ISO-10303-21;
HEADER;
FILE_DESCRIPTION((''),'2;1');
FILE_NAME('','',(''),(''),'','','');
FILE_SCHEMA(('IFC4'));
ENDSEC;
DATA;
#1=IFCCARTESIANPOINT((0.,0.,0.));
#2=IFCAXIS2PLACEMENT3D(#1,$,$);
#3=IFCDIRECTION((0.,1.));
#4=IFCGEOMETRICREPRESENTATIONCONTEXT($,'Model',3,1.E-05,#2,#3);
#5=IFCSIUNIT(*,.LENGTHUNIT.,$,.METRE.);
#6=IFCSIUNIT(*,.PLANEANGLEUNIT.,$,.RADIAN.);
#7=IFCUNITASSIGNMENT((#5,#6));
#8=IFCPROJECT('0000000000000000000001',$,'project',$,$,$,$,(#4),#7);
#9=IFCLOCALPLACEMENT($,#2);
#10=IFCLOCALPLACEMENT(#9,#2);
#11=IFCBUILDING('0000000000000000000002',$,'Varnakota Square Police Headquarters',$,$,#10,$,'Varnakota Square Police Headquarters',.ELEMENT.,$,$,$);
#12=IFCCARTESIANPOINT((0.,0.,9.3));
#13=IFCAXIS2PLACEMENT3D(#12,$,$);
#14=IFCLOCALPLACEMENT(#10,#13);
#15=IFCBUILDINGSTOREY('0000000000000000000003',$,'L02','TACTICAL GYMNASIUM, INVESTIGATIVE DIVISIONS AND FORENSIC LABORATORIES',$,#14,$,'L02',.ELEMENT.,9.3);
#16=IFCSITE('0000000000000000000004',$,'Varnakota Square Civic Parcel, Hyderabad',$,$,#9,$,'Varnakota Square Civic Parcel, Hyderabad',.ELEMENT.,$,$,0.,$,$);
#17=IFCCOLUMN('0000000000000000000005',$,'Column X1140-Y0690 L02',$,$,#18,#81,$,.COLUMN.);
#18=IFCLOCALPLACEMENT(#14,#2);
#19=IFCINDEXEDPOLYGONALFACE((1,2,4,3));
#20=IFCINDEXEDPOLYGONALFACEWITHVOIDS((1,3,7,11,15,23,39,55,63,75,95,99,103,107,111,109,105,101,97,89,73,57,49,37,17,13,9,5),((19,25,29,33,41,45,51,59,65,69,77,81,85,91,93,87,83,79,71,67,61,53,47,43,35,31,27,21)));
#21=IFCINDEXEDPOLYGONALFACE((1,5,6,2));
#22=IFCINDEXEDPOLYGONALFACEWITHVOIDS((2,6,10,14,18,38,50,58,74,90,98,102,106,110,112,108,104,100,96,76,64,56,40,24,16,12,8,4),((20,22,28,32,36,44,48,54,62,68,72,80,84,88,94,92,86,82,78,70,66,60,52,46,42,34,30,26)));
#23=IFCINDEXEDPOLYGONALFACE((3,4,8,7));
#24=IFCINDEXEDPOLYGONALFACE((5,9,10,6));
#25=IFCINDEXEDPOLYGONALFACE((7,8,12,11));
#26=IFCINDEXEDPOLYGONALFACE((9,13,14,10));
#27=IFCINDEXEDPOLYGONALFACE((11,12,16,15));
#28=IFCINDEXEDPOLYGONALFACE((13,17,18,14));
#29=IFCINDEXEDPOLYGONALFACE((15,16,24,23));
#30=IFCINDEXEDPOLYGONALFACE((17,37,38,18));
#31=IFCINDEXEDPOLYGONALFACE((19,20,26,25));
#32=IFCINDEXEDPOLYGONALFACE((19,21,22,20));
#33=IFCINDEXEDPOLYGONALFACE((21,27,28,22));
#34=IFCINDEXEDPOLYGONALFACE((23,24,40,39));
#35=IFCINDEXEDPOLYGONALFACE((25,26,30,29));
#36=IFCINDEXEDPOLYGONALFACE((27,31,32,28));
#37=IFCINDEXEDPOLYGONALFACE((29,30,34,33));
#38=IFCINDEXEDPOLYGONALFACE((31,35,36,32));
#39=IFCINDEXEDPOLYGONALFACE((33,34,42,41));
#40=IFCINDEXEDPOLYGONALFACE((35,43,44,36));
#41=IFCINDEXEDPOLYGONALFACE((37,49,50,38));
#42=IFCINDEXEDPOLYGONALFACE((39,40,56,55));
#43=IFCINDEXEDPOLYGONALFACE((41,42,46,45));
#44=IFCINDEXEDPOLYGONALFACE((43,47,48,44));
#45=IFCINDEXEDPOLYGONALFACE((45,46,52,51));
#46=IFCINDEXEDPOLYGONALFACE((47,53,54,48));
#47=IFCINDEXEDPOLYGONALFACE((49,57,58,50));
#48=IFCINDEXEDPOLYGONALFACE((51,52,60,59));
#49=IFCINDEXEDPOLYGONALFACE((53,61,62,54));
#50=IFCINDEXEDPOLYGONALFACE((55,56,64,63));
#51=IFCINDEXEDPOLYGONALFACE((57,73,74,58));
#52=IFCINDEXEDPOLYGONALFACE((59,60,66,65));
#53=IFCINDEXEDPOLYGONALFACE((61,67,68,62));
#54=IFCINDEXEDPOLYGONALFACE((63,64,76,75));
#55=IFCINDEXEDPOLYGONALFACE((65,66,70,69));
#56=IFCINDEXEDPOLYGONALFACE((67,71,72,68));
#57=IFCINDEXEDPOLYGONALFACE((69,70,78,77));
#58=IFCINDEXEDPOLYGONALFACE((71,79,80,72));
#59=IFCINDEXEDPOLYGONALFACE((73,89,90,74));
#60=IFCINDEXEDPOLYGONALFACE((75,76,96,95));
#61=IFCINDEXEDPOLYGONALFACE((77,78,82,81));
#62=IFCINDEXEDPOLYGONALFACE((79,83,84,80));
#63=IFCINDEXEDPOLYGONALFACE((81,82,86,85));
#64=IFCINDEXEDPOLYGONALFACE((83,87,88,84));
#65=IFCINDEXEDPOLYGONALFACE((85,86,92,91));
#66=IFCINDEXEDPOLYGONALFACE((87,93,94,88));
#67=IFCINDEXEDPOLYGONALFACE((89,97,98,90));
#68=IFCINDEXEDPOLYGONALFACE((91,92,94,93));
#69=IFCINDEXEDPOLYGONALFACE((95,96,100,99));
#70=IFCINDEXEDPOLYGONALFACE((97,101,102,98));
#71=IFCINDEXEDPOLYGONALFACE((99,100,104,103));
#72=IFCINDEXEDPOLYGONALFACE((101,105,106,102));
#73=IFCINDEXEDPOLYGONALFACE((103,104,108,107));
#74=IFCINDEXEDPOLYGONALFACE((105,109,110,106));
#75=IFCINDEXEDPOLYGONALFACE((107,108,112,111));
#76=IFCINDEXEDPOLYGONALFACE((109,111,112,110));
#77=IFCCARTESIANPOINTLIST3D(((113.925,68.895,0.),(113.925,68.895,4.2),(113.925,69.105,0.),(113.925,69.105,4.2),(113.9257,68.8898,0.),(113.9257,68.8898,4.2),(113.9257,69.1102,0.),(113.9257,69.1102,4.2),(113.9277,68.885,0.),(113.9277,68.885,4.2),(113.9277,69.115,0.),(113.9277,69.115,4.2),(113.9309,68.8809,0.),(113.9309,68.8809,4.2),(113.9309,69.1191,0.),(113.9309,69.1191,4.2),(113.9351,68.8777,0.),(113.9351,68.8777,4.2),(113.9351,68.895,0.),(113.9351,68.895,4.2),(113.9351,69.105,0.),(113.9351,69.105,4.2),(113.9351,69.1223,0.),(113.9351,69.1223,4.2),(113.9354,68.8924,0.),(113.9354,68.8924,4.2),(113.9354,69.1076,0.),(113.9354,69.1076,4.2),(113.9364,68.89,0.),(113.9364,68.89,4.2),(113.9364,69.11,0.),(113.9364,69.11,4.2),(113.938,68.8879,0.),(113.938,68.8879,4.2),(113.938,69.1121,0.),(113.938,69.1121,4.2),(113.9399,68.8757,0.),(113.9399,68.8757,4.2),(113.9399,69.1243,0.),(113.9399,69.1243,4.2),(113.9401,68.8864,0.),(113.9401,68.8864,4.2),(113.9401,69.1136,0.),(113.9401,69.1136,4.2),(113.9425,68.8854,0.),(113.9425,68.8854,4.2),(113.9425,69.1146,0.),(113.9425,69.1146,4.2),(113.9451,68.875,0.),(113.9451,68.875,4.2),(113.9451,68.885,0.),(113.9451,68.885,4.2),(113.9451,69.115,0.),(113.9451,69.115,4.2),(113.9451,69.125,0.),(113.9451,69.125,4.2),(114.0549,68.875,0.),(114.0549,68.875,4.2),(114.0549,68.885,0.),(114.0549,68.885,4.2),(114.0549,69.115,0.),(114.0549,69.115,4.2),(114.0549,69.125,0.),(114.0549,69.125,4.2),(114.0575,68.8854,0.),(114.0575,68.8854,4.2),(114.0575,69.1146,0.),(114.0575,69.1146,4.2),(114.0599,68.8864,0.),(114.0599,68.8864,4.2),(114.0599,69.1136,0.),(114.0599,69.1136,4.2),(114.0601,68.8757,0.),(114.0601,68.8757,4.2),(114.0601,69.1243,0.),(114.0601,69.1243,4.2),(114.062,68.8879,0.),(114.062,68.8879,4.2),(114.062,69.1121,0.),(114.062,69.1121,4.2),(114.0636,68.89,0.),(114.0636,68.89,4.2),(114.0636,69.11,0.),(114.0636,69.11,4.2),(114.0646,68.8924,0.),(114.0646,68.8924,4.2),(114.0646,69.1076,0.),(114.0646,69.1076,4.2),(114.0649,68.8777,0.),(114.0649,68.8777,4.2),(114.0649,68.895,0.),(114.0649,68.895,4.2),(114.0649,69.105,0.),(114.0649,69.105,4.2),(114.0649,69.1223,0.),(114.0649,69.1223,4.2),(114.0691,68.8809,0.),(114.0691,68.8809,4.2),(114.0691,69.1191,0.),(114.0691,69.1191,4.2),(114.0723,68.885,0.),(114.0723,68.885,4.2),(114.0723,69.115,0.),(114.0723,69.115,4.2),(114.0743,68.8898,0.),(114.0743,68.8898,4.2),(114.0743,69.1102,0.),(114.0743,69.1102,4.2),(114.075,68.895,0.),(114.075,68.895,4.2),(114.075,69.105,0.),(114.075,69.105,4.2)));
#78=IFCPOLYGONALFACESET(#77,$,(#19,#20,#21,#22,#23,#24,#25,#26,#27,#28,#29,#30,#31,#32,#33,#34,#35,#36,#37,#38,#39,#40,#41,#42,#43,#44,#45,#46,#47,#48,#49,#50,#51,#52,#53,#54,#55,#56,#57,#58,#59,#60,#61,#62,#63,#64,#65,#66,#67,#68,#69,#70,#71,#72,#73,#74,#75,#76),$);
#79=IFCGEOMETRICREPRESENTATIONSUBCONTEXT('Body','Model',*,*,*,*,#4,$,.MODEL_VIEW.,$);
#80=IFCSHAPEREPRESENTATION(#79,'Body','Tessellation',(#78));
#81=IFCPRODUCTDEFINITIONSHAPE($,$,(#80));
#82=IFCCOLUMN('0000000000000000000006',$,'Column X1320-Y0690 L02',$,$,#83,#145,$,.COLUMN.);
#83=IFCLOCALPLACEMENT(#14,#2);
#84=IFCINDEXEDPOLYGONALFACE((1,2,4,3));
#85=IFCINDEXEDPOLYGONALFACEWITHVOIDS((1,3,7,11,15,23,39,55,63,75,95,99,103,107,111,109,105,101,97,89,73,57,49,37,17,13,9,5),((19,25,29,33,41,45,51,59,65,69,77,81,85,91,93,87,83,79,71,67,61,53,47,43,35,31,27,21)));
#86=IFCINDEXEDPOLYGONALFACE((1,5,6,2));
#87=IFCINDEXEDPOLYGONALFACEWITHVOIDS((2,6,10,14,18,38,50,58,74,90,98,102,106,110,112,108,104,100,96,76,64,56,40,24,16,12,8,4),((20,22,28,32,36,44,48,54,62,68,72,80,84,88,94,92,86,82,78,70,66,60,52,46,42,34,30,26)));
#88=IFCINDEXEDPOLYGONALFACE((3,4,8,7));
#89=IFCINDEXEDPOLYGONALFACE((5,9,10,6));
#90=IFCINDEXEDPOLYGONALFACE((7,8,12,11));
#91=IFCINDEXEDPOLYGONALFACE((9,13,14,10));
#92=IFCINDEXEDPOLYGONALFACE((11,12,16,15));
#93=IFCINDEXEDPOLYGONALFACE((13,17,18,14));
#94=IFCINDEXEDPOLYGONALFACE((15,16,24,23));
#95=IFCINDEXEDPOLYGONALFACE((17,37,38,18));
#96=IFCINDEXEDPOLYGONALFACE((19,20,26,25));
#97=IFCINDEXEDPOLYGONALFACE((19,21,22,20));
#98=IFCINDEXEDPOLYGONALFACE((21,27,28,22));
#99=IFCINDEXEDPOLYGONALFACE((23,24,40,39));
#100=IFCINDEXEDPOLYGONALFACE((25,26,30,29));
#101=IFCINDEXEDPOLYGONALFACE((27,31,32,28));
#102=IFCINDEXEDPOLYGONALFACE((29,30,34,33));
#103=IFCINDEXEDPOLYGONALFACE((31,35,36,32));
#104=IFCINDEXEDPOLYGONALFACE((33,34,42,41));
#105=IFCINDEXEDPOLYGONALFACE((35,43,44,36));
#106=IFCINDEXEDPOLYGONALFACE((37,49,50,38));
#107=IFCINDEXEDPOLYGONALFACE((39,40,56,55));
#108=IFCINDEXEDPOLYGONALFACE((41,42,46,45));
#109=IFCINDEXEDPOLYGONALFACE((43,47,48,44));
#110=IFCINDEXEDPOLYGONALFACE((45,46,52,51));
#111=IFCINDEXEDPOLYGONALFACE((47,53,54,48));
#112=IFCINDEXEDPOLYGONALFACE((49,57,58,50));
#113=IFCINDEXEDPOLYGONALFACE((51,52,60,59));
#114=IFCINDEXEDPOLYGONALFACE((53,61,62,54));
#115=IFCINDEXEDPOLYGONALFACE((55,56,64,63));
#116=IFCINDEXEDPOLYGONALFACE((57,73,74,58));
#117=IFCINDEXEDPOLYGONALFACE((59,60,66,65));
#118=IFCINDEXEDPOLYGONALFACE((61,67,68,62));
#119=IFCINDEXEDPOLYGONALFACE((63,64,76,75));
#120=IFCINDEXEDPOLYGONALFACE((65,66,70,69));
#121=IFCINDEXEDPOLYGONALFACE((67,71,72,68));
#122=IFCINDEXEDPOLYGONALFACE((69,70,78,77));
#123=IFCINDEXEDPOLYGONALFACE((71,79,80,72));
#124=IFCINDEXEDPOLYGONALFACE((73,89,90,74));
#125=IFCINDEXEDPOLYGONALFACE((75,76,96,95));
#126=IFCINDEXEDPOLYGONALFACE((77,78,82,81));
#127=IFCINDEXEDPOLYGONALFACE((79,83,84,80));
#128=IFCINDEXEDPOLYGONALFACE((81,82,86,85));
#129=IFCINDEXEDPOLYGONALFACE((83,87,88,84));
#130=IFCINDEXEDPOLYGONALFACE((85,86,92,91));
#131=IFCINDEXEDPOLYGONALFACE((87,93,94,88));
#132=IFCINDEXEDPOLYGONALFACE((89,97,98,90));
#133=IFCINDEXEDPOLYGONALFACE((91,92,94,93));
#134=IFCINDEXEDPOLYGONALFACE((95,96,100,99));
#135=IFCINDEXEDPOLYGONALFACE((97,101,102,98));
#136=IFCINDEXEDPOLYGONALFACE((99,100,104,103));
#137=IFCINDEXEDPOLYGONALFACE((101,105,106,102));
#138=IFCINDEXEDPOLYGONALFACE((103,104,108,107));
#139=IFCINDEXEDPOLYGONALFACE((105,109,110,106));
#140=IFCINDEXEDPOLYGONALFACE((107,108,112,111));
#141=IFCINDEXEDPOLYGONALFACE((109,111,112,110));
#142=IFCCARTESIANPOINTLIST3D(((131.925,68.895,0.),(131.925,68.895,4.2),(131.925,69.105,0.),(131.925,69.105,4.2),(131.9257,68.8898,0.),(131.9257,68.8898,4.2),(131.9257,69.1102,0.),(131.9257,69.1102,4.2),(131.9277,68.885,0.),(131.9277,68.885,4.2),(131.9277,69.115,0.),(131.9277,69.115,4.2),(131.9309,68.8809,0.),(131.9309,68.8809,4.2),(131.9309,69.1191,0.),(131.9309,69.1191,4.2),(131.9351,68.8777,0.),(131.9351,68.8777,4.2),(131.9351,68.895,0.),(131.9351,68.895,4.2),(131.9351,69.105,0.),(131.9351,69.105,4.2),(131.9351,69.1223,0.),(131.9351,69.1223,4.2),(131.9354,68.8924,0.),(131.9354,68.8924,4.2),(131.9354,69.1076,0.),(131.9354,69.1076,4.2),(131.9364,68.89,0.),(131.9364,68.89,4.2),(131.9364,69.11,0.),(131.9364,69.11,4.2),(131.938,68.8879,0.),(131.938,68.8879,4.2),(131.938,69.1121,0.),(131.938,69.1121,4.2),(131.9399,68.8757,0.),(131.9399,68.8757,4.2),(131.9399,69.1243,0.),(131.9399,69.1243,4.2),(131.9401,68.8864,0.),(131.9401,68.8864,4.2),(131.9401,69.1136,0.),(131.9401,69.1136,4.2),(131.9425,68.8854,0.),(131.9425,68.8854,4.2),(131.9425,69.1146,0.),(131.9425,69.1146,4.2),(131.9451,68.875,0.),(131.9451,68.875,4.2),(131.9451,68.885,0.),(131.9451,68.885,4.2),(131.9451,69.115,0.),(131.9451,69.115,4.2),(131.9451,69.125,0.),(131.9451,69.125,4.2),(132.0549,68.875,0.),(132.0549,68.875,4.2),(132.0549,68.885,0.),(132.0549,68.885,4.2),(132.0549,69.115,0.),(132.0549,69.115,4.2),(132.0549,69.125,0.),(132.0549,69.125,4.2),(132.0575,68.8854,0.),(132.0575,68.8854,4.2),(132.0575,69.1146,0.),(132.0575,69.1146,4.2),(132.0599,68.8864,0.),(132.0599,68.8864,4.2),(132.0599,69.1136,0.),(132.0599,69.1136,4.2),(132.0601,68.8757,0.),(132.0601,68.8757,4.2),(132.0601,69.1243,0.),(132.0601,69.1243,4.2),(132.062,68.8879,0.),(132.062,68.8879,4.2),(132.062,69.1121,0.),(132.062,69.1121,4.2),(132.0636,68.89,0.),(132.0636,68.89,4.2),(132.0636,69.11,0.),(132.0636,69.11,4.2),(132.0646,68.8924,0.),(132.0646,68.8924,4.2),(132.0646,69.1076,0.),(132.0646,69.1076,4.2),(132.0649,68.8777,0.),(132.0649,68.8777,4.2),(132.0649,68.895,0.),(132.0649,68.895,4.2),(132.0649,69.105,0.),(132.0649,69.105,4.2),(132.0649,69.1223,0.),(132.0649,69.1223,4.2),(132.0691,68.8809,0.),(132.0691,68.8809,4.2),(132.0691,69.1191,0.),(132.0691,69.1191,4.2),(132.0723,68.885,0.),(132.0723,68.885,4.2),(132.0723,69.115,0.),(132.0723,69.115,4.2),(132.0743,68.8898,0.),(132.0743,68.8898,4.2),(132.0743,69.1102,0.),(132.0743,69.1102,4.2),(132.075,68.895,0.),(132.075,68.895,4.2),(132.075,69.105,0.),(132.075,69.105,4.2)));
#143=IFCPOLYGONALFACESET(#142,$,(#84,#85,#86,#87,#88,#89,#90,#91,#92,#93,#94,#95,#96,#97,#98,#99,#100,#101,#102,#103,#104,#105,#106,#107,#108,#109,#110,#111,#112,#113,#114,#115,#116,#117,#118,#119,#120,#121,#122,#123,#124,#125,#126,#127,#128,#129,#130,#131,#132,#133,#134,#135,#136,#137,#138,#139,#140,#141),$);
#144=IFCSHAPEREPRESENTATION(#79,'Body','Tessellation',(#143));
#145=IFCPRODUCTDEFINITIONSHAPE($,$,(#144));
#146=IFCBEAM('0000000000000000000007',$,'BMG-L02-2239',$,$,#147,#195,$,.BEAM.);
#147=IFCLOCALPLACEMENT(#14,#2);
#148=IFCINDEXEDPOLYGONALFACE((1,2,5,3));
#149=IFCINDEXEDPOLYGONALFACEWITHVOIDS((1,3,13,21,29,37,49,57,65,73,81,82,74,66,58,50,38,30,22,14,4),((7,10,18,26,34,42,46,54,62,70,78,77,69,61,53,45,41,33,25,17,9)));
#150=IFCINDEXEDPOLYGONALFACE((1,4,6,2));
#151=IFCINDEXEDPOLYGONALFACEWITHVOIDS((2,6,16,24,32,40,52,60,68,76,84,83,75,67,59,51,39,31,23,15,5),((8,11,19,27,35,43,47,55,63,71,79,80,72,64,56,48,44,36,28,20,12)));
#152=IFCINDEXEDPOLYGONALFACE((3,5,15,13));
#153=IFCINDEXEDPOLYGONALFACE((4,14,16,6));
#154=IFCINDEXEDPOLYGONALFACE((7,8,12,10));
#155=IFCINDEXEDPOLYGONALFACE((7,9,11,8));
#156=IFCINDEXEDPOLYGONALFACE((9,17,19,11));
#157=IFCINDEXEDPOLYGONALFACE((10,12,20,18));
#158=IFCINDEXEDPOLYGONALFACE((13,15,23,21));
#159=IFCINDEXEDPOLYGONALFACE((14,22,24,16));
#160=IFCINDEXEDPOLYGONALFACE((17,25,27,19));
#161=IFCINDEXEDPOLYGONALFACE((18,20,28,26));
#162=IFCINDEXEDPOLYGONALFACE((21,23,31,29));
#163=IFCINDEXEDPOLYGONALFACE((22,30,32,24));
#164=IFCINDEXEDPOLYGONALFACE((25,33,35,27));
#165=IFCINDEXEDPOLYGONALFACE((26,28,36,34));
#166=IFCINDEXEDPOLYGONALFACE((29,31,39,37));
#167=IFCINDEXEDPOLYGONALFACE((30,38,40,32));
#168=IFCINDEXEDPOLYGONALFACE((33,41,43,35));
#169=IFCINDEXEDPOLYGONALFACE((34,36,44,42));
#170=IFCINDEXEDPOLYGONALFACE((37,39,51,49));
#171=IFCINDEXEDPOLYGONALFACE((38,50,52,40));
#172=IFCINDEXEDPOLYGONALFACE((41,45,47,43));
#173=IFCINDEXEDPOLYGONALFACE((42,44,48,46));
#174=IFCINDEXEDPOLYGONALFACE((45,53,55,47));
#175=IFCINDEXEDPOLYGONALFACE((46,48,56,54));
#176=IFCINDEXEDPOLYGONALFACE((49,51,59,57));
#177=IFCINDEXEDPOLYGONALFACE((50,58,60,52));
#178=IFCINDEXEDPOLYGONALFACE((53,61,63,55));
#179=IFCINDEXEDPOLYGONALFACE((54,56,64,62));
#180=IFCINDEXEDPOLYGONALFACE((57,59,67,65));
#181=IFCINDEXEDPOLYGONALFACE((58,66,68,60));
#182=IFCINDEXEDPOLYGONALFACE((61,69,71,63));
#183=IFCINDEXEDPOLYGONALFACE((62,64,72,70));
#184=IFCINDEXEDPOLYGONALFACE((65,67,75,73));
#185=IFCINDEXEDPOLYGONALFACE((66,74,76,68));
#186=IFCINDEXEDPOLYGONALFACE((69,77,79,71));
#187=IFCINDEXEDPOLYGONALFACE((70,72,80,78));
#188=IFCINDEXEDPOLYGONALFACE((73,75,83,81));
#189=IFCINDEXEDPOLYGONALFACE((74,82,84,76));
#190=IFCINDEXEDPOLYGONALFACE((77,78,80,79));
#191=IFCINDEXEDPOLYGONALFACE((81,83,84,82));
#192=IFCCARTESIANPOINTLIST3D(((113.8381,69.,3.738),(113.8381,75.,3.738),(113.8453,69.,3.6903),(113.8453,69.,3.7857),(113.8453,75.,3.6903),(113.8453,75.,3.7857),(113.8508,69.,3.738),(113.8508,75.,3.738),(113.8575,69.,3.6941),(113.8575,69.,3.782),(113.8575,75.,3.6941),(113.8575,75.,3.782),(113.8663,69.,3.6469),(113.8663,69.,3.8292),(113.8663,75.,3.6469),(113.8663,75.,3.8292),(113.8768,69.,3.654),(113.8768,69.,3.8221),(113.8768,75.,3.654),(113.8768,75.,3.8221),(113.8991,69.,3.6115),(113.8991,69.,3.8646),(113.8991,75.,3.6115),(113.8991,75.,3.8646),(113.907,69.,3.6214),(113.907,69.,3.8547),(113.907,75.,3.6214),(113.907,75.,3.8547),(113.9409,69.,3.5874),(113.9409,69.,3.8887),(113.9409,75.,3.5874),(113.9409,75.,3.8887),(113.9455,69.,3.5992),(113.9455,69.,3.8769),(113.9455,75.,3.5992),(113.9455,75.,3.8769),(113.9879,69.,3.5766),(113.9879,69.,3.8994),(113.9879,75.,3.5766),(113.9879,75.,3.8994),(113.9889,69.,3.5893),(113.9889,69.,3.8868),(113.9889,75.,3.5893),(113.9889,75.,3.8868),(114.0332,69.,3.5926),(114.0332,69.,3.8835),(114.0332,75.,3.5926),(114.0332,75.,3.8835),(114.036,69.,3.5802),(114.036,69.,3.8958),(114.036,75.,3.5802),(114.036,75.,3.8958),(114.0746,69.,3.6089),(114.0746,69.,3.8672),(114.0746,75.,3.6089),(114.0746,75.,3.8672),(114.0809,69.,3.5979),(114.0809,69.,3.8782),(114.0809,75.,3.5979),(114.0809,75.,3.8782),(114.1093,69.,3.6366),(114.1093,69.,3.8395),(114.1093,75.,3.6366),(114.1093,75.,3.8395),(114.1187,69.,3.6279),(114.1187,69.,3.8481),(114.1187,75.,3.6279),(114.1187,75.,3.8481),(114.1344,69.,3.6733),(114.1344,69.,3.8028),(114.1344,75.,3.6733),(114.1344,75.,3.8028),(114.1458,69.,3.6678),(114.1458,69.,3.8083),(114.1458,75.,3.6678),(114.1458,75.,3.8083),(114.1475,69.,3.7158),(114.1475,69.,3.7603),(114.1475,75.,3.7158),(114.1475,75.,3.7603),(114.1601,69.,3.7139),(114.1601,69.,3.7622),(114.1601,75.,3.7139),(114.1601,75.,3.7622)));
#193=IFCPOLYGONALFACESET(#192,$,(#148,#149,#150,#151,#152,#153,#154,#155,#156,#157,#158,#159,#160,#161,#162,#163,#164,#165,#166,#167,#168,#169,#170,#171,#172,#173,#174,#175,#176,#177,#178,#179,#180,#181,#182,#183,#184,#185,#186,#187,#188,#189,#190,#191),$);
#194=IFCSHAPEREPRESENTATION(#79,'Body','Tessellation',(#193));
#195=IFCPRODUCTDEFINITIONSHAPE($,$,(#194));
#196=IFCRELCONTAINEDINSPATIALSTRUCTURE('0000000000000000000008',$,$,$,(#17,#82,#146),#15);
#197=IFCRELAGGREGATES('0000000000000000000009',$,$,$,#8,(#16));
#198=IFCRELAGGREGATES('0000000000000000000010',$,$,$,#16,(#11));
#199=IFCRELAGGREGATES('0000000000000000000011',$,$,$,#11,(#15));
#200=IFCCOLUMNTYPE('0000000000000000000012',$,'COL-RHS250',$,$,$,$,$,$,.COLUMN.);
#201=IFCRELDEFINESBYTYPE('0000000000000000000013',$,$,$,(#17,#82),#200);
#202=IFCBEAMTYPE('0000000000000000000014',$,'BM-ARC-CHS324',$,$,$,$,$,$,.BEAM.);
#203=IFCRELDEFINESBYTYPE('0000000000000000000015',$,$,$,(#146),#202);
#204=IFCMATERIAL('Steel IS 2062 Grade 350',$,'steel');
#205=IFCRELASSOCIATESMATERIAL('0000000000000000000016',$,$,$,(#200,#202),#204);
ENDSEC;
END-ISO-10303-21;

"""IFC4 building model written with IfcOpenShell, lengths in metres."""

from ifc_helpers import new_model, si_unit, direction, frame, origin, origin_2d, place, context, subcontext, project, spatial, hollow_rectangle, hollow_circle, extrude, material, material_profile, profile_set, type_object, element, save


model = new_model("IFC4")

# Units and contexts
model_context = context("Model", 3, precision=1e-05, world=origin(), true_north=direction((0.0, 1.0)))
body_context = subcontext(model_context, "Body", "Model", "MODEL_VIEW")
ifc_project = project(units=[si_unit("LENGTHUNIT", "METRE"), si_unit("PLANEANGLEUNIT", "RADIAN")], contexts=[model_context])

# Site, building, storey
site_placement = place(None, origin())
site = spatial("IfcSite", under=ifc_project, at=site_placement, Name="Varnakota Square Civic Parcel, Hyderabad", LongName="Varnakota Square Civic Parcel, Hyderabad", CompositionType="ELEMENT", RefElevation=0.0)
building_placement = place(site_placement, origin())
building = spatial("IfcBuilding", under=site, at=building_placement, Name="Varnakota Square Police Headquarters", LongName="Varnakota Square Police Headquarters", CompositionType="ELEMENT")
storey_placement = place(building_placement, frame((0.0, 0.0, 9.3)))
storey = spatial("IfcBuildingStorey", under=building, at=storey_placement, Name="L02", Description="TACTICAL GYMNASIUM, INVESTIGATIVE DIVISIONS AND FORENSIC LABORATORIES", LongName="L02", CompositionType="ELEMENT", Elevation=9.3)

# Columns
ifc_material_1 = material(Name="Steel IS 2062 Grade 350", Category="steel")
ifc_material_profile_1 = material_profile(ifc_material_1, hollow_rectangle(XDim=0.1499, YDim=0.25, WallThickness=0.01, InnerFilletRadius=0.01, OuterFilletRadius=0.02, at=origin_2d()), Name="RHS 250x150x10")
ifc_profile_set_1 = profile_set([ifc_material_profile_1], Name="Steel IS 2062 Grade 350")
column_type_1 = type_object("IfcColumnType", Name="COL-RHS250", PredefinedType="COLUMN", material=ifc_profile_set_1)
for number, where, z_axis, x_axis, name in (
    (1, (114.0, 69.0, 0.0), (0.0, 0.0, 1.0), (1.0, 0.0, 0.0), "Column X1140-Y0690 L02"),
    (2, (132.0, 69.0, 0.0), (0.0, 0.0, 1.0), (1.0, 0.0, 0.0), "Column X1320-Y0690 L02"),
):
    element("IfcColumn", number, at=place(storey_placement, frame(where, z_axis=z_axis, x_axis=x_axis)), inside=storey, type_object=column_type_1, Name=name, PredefinedType="COLUMN", context=body_context, shape_type="SweptSolid", body=[
        extrude(hollow_rectangle(XDim=0.1499, YDim=0.25, WallThickness=0.01, InnerFilletRadius=0.01, OuterFilletRadius=0.02, at=origin_2d()), origin(), (0.0, 0.0, 1.0), 4.2),
    ])

# Beam
ifc_material_profile_2 = material_profile(ifc_material_1, hollow_circle(Radius=0.1619, WallThickness=0.0127, at=origin_2d()), Name="CHS 323.9x12.7")
ifc_profile_set_2 = profile_set([ifc_material_profile_2], Name="Steel IS 2062 Grade 350")
beam_type_1 = type_object("IfcBeamType", Name="BM-ARC-CHS324", PredefinedType="BEAM", material=ifc_profile_set_2)
for number, where, z_axis, x_axis, name in (
    (3, (114.0, 69.0, 3.738), (0.0, 1.0, 0.0), (-1.0, 0.0, 0.0), "BMG-L02-2239"),
):
    element("IfcBeam", number, at=place(storey_placement, frame(where, z_axis=z_axis, x_axis=x_axis)), inside=storey, type_object=beam_type_1, Name=name, PredefinedType="BEAM", context=body_context, shape_type="SweptSolid", body=[
        extrude(hollow_circle(Radius=0.1619, WallThickness=0.0127, at=origin_2d()), origin(), (0.0, 0.0, 1.0), 6.0),
    ])

save(model, "model.ifc")
